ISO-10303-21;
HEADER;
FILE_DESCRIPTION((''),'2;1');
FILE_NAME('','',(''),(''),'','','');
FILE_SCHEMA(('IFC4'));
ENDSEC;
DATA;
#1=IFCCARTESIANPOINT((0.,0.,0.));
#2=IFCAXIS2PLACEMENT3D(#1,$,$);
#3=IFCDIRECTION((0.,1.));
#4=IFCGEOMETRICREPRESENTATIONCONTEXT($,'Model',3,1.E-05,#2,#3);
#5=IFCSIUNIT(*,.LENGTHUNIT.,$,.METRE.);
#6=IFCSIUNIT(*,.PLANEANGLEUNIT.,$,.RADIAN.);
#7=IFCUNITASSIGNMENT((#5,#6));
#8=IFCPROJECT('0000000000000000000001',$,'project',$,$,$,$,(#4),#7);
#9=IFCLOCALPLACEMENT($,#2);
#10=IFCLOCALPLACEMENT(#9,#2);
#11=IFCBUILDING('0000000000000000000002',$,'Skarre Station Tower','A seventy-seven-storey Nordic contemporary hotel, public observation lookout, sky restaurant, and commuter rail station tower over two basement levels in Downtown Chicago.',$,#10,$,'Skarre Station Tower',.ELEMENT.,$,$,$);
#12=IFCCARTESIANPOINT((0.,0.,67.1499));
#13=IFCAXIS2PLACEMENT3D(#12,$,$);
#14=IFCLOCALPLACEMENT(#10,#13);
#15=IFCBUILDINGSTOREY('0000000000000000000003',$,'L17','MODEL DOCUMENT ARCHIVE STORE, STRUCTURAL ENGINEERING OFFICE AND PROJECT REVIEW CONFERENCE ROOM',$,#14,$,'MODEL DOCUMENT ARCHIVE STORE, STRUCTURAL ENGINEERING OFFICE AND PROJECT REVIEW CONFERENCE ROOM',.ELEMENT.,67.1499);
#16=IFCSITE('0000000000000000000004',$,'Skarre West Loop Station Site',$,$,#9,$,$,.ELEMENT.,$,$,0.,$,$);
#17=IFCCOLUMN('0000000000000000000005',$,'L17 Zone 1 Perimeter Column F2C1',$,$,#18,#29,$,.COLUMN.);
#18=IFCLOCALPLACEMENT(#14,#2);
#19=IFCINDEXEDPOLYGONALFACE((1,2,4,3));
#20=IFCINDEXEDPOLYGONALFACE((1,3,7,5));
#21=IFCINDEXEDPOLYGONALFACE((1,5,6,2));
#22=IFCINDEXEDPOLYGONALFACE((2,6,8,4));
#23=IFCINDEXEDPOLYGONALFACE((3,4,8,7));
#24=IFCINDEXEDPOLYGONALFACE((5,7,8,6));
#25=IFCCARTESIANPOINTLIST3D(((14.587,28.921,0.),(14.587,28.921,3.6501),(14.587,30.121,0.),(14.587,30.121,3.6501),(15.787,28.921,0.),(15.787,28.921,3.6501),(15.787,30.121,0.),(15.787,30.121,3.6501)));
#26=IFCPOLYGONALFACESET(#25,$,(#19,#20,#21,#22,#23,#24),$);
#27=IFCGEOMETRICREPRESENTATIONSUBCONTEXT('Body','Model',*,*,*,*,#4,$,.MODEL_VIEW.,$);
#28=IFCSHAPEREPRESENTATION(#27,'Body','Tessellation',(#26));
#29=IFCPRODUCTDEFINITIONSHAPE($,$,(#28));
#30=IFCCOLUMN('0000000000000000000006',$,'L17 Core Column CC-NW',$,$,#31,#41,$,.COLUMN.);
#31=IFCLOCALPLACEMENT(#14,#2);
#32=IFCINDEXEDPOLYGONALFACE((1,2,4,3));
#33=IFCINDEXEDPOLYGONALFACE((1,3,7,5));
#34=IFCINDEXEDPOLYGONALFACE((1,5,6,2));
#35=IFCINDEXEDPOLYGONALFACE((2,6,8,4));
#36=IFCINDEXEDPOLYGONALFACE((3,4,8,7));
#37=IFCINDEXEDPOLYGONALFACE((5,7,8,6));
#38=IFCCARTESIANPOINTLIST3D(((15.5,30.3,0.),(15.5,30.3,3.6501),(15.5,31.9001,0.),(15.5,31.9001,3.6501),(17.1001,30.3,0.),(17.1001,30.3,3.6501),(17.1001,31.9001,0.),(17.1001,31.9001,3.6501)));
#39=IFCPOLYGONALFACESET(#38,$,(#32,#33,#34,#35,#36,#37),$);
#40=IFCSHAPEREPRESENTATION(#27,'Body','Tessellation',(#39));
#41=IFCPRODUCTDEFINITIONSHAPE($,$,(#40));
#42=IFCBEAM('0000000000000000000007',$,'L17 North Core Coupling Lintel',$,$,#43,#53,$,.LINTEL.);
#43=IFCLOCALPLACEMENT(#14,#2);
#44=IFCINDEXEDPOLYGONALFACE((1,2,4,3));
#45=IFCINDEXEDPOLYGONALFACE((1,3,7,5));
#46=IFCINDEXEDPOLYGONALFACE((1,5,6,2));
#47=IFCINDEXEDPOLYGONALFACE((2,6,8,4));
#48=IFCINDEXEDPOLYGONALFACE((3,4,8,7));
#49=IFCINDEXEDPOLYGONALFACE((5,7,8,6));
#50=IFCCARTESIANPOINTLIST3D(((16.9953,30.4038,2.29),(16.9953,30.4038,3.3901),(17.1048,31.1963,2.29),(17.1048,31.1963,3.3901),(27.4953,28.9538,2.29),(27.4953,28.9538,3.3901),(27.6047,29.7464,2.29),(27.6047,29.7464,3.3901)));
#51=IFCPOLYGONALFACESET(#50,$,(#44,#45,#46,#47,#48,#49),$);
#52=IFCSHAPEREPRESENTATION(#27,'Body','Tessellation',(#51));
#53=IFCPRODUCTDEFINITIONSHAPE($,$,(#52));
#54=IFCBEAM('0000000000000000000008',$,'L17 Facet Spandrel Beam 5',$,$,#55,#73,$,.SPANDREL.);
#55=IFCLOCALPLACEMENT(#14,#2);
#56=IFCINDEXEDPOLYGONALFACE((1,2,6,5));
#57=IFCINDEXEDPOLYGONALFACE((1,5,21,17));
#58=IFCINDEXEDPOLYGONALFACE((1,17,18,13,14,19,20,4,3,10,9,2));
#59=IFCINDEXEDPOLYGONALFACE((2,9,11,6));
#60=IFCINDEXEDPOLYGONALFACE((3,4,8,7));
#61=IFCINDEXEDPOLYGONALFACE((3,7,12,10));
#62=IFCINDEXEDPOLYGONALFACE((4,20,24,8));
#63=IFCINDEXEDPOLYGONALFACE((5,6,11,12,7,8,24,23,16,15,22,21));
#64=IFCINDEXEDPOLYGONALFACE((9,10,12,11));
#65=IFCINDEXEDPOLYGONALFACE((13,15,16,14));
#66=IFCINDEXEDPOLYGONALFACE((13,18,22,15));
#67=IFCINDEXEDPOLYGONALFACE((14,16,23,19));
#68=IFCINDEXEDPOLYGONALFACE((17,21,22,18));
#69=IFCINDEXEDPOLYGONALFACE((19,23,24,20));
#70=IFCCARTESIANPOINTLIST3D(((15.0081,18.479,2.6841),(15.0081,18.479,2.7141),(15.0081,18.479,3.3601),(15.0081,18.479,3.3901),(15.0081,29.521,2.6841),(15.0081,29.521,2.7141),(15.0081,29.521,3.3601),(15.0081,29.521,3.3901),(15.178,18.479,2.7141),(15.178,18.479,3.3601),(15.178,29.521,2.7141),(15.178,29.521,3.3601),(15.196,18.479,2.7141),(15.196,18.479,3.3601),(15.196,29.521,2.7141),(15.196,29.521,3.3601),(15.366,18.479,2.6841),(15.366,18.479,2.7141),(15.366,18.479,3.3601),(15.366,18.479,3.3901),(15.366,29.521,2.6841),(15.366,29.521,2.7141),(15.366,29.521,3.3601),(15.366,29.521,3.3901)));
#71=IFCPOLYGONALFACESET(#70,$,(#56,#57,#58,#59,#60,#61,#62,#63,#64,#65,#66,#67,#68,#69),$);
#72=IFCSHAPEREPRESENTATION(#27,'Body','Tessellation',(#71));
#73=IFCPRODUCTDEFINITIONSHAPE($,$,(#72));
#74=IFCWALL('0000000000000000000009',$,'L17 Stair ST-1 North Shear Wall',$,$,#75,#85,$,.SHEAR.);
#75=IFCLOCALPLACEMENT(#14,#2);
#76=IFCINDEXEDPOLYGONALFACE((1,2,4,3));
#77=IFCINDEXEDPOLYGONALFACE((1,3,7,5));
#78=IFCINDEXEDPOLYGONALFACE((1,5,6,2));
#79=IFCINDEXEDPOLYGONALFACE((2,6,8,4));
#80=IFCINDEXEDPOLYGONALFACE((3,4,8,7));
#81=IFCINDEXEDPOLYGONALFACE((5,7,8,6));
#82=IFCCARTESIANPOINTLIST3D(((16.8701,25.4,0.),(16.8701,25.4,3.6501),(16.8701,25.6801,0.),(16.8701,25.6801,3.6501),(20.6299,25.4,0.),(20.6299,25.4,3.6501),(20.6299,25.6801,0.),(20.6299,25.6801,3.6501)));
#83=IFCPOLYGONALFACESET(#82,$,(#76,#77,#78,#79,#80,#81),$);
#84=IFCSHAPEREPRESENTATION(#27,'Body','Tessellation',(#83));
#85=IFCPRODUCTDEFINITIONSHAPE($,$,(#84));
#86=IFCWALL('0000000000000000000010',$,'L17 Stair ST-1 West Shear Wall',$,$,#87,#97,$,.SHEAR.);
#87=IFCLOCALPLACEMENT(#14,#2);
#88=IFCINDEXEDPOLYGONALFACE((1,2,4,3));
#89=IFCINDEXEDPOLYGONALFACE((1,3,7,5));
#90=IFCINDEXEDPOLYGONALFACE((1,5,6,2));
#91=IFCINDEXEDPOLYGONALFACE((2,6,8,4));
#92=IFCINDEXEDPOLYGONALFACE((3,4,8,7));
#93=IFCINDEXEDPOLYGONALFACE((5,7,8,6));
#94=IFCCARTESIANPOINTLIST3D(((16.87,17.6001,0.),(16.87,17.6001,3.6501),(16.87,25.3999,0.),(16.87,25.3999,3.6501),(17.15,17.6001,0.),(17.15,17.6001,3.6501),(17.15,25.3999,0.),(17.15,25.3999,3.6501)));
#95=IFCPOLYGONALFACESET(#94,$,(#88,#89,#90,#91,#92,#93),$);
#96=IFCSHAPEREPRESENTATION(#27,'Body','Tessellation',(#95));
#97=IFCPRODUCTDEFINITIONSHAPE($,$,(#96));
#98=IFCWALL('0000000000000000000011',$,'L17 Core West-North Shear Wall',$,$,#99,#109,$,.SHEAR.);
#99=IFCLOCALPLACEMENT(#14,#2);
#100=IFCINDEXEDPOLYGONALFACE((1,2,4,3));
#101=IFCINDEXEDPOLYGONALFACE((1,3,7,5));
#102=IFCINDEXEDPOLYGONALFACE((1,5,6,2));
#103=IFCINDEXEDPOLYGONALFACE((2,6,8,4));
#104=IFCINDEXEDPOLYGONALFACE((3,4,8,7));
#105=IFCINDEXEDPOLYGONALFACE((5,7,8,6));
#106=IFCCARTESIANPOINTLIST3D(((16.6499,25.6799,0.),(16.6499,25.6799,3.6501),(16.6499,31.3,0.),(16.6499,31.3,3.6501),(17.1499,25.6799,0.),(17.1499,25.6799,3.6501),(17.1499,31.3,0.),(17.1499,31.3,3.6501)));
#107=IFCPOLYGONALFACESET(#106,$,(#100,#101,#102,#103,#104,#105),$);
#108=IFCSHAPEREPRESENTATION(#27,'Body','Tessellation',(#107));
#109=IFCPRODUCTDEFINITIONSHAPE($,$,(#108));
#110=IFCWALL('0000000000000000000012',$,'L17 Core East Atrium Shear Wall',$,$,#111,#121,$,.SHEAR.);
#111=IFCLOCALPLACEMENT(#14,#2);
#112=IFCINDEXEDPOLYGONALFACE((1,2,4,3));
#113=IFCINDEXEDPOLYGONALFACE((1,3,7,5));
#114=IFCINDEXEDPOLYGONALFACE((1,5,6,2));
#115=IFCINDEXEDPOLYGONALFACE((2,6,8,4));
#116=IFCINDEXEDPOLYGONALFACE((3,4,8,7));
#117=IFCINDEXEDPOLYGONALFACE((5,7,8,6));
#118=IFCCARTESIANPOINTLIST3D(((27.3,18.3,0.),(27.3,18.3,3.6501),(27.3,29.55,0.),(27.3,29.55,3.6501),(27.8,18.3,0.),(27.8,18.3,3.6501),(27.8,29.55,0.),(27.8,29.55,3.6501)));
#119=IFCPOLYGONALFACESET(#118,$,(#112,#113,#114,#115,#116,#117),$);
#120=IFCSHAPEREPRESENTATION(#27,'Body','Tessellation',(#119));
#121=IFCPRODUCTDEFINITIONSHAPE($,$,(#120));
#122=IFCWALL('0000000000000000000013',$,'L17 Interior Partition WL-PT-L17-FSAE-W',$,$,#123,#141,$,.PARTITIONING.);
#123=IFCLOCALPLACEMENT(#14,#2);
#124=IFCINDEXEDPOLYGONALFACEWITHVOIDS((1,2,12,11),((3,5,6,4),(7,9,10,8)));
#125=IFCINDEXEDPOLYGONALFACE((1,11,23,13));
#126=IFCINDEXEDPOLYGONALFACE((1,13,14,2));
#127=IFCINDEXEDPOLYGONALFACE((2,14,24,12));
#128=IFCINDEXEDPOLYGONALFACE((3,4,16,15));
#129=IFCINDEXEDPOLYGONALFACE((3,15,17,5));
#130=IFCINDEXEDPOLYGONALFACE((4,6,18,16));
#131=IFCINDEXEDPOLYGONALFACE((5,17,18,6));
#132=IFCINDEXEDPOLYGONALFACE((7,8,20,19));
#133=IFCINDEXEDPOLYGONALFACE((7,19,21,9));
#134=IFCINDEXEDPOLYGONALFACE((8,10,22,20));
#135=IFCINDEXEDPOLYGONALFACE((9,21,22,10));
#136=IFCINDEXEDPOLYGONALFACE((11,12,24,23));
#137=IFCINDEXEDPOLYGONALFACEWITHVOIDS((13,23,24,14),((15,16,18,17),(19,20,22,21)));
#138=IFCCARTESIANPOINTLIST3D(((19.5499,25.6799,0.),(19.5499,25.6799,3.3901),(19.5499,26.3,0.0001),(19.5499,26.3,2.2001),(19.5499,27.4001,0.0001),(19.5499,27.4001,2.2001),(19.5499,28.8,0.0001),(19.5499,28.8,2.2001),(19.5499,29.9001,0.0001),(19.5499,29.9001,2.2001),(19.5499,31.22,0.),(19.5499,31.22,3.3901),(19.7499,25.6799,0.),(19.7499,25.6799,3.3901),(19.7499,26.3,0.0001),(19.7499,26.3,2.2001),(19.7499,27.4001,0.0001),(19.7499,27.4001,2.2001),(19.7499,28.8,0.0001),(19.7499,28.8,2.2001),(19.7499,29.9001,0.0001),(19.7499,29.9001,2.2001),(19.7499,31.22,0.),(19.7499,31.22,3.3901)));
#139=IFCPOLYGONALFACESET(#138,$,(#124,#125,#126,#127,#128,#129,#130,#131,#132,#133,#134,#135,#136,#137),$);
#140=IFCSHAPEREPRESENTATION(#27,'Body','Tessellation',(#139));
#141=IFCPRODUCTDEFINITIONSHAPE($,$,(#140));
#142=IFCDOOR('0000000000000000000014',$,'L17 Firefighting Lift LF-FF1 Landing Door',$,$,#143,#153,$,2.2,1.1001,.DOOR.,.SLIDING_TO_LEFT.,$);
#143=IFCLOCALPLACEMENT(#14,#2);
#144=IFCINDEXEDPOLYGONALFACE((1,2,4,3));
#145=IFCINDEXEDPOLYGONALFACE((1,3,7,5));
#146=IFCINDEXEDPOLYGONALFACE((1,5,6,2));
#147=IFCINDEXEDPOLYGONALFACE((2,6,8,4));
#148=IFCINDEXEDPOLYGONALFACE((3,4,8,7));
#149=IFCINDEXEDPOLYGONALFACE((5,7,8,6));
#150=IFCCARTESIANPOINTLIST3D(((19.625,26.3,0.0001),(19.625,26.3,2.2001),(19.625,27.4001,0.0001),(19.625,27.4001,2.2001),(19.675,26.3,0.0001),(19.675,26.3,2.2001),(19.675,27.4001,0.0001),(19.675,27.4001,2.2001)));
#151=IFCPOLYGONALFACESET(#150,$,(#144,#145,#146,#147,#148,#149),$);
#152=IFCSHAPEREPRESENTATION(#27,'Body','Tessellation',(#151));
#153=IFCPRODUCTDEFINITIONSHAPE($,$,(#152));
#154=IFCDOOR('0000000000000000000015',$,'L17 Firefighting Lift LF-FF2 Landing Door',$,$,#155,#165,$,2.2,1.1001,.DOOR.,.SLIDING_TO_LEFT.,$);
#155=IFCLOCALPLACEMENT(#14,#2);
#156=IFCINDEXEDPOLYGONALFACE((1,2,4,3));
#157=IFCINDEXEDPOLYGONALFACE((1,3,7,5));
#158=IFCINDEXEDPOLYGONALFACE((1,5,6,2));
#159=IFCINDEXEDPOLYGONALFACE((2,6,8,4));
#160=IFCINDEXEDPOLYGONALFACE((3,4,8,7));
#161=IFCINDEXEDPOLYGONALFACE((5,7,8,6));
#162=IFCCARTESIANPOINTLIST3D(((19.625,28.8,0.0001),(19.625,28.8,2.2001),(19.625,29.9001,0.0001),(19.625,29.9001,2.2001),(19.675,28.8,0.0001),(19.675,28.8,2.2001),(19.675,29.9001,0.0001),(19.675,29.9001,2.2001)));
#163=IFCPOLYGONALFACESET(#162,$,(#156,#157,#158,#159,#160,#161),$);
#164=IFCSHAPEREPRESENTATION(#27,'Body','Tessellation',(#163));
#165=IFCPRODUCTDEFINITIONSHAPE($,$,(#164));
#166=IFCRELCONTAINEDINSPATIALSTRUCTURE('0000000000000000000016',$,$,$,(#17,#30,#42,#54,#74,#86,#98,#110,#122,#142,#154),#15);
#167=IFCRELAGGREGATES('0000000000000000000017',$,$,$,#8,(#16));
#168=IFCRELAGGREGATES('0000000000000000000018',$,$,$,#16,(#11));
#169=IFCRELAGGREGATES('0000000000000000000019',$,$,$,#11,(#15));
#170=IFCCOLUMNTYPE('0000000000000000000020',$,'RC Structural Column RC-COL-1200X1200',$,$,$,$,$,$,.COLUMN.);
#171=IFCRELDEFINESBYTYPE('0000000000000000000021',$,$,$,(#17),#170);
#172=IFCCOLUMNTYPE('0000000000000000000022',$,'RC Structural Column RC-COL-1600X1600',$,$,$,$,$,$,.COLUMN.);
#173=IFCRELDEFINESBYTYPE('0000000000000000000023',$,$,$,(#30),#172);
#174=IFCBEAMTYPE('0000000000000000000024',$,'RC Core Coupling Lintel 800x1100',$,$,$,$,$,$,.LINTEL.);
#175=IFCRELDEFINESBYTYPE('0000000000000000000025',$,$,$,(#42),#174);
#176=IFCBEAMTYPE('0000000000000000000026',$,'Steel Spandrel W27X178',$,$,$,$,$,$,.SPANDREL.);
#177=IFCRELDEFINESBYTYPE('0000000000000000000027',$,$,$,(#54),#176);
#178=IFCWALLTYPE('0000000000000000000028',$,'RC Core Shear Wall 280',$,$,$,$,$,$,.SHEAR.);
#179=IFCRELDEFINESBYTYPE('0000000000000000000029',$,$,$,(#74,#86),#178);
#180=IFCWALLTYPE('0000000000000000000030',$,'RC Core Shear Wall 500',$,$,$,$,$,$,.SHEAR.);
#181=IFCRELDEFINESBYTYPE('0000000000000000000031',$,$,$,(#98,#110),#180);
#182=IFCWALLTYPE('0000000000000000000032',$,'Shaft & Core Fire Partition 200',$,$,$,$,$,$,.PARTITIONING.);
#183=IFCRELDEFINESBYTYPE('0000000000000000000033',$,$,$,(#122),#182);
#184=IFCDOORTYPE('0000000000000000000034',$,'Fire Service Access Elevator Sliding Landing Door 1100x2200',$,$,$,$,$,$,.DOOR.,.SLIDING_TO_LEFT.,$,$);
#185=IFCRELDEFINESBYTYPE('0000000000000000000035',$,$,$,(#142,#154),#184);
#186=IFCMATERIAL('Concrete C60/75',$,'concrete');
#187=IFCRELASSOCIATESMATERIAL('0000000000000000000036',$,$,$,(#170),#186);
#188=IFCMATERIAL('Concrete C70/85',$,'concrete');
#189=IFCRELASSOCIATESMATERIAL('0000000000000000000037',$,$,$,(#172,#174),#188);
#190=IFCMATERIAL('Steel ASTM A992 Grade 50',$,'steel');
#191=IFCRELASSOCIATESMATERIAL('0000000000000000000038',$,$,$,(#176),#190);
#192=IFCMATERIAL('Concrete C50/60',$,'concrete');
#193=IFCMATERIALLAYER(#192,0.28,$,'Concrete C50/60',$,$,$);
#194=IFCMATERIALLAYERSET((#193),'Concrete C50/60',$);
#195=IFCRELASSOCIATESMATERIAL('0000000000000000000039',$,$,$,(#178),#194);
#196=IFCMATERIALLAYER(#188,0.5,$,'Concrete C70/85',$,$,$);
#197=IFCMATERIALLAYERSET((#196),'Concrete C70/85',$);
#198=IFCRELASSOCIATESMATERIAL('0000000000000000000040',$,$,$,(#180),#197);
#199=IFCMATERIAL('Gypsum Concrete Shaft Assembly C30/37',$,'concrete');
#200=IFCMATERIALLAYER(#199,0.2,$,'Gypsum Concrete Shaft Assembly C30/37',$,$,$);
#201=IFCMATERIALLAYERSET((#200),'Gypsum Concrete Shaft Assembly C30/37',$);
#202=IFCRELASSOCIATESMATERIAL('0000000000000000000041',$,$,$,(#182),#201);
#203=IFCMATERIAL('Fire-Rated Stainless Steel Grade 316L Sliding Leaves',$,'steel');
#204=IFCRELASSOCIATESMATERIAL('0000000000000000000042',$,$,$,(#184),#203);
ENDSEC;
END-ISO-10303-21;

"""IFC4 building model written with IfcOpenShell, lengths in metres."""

from ifc_helpers import new_model, si_unit, direction, frame, frame_2d, origin, origin_2d, place, context, subcontext, project, spatial, rectangle, i_section, extrude, material, layer, layer_set, material_profile, profile_set, type_object, element, fill, save


model = new_model("IFC4")

# Units and contexts
model_context = context("Model", 3, precision=1e-05, world=origin(), true_north=direction((0.0, 1.0)))
body_context = subcontext(model_context, "Body", "Model", "MODEL_VIEW")
ifc_project = project(units=[si_unit("LENGTHUNIT", "METRE"), si_unit("PLANEANGLEUNIT", "RADIAN")], contexts=[model_context])

# Site, building, storey
site_placement = place(None, origin())
site = spatial("IfcSite", under=ifc_project, at=site_placement, Name="Skarre West Loop Station Site", CompositionType="ELEMENT", RefElevation=0.0)
building_placement = place(site_placement, origin())
building = spatial("IfcBuilding", under=site, at=building_placement, Name="Skarre Station Tower", Description="A seventy-seven-storey Nordic contemporary hotel, public observation lookout, sky restaurant, and commuter rail station tower over two basement levels in Downtown Chicago.", LongName="Skarre Station Tower", CompositionType="ELEMENT")
storey_placement = place(building_placement, frame((0.0, 0.0, 67.1499)))
storey = spatial("IfcBuildingStorey", under=building, at=storey_placement, Name="L17", Description="MODEL DOCUMENT ARCHIVE STORE, STRUCTURAL ENGINEERING OFFICE AND PROJECT REVIEW CONFERENCE ROOM", LongName="MODEL DOCUMENT ARCHIVE STORE, STRUCTURAL ENGINEERING OFFICE AND PROJECT REVIEW CONFERENCE ROOM", CompositionType="ELEMENT", Elevation=67.1499)

# Columns
ifc_material_1 = material(Name="Concrete C60/75", Category="concrete")
ifc_material_profile_1 = material_profile(ifc_material_1, rectangle(XDim=1.2, YDim=1.2, at=origin_2d()), Name="Concrete C60/75")
ifc_profile_set_1 = profile_set([ifc_material_profile_1], Name="Concrete C60/75")
column_type_1 = type_object("IfcColumnType", Name="RC Structural Column RC-COL-1200X1200", PredefinedType="COLUMN", material=ifc_profile_set_1)
column_1_placement = place(storey_placement, frame((15.187, 29.521, 0.0), z_axis=(0.0, 0.0, 1.0), x_axis=(1.0, 0.0, 0.0)))
element("IfcColumn", 1, at=column_1_placement, inside=storey, type_object=column_type_1, Name="L17 Zone 1 Perimeter Column F2C1", PredefinedType="COLUMN", context=body_context, shape_type="SweptSolid", body=[
    extrude(rectangle(XDim=1.2, YDim=1.2, at=origin_2d()), origin(), (0.0, 0.0, 1.0), 3.6501),
])
ifc_material_2 = material(Name="Concrete C70/85", Category="concrete")
ifc_material_profile_2 = material_profile(ifc_material_2, rectangle(XDim=1.6001, YDim=1.6001, at=origin_2d()), Name="Concrete C70/85")
ifc_profile_set_2 = profile_set([ifc_material_profile_2], Name="Concrete C70/85")
column_type_2 = type_object("IfcColumnType", Name="RC Structural Column RC-COL-1600X1600", PredefinedType="COLUMN", material=ifc_profile_set_2)
column_2_placement = place(storey_placement, frame((16.3, 31.1001, 0.0), z_axis=(0.0, 0.0, 1.0), x_axis=(1.0, 0.0, 0.0)))
element("IfcColumn", 2, at=column_2_placement, inside=storey, type_object=column_type_2, Name="L17 Core Column CC-NW", PredefinedType="COLUMN", context=body_context, shape_type="SweptSolid", body=[
    extrude(rectangle(XDim=1.6001, YDim=1.6001, at=origin_2d()), origin(), (0.0, 0.0, 1.0), 3.6501),
])

# Beams
ifc_material_profile_3 = material_profile(ifc_material_2, rectangle(XDim=0.8, YDim=1.1001, at=origin_2d()), Name="Concrete C70/85")
ifc_profile_set_3 = profile_set([ifc_material_profile_3], Name="Concrete C70/85")
beam_type_1 = type_object("IfcBeamType", Name="RC Core Coupling Lintel 800x1100", PredefinedType="LINTEL", material=ifc_profile_set_3)
beam_1_placement = place(storey_placement, frame((17.05, 30.8, 2.8401), z_axis=(0.9906, -0.136792, 0.0), x_axis=(0.136792, 0.9906, 0.0)))
element("IfcBeam", 3, at=beam_1_placement, inside=storey, type_object=beam_type_1, Name="L17 North Core Coupling Lintel", PredefinedType="LINTEL", context=body_context, shape_type="SweptSolid", body=[
    extrude(rectangle(XDim=0.8, YDim=1.1001, at=origin_2d()), origin(), (0.0, 0.0, 1.0), 10.5996),
])
ifc_material_3 = material(Name="Steel ASTM A992 Grade 50", Category="steel")
ifc_material_profile_4 = material_profile(ifc_material_3, i_section(OverallWidth=0.3579, OverallDepth=0.7061, WebThickness=0.0181, FlangeThickness=0.03, at=origin_2d()), Name="Steel ASTM A992 Grade 50")
ifc_profile_set_4 = profile_set([ifc_material_profile_4], Name="Steel ASTM A992 Grade 50")
beam_type_2 = type_object("IfcBeamType", Name="Steel Spandrel W27X178", PredefinedType="SPANDREL", material=ifc_profile_set_4)
beam_2_placement = place(storey_placement, frame((15.187, 29.521, 3.0371), z_axis=(0.0, -1.0, 0.0), x_axis=(1.0, 0.0, 0.0)))
element("IfcBeam", 4, at=beam_2_placement, inside=storey, type_object=beam_type_2, Name="L17 Facet Spandrel Beam 5", PredefinedType="SPANDREL", context=body_context, shape_type="SweptSolid", body=[
    extrude(i_section(OverallWidth=0.3579, OverallDepth=0.7061, WebThickness=0.0181, FlangeThickness=0.03, at=origin_2d()), origin(), (0.0, 0.0, 1.0), 11.042),
])

# Walls
ifc_material_4 = material(Name="Concrete C50/60", Category="concrete")
ifc_layer_1 = layer(ifc_material_4, 0.28, Name="Concrete C50/60")
ifc_layer_set_1 = layer_set([ifc_layer_1], Name="Concrete C50/60")
wall_type_1 = type_object("IfcWallType", Name="RC Core Shear Wall 280", PredefinedType="SHEAR", material=ifc_layer_set_1)
wall_1_placement = place(storey_placement, frame((20.6299, 25.54, 0.0), z_axis=(0.0, 0.0, 1.0), x_axis=(-1.0, 0.0, 0.0)))
element("IfcWall", 5, at=wall_1_placement, inside=storey, type_object=wall_type_1, Name="L17 Stair ST-1 North Shear Wall", PredefinedType="SHEAR", context=body_context, shape_type="SweptSolid", body=[
    extrude(rectangle(XDim=3.7598, YDim=0.28, at=frame_2d((1.8799, 0.0))), origin(), (0.0, 0.0, 1.0), 3.6501),
])
wall_2_placement = place(storey_placement, frame((17.01, 25.3999, 0.0), z_axis=(0.0, 0.0, 1.0), x_axis=(0.0, -1.0, 0.0)))
element("IfcWall", 6, at=wall_2_placement, inside=storey, type_object=wall_type_1, Name="L17 Stair ST-1 West Shear Wall", PredefinedType="SHEAR", context=body_context, shape_type="SweptSolid", body=[
    extrude(rectangle(XDim=7.7998, YDim=0.28, at=frame_2d((3.8999, 0.0))), origin(), (0.0, 0.0, 1.0), 3.6501),
])
ifc_layer_2 = layer(ifc_material_2, 0.5, Name="Concrete C70/85")
ifc_layer_set_2 = layer_set([ifc_layer_2], Name="Concrete C70/85")
wall_type_2 = type_object("IfcWallType", Name="RC Core Shear Wall 500", PredefinedType="SHEAR", material=ifc_layer_set_2)
wall_3_placement = place(storey_placement, frame((16.8999, 25.6799, 0.0), z_axis=(0.0, 0.0, 1.0), x_axis=(0.0, 1.0, 0.0)))
element("IfcWall", 7, at=wall_3_placement, inside=storey, type_object=wall_type_2, Name="L17 Core West-North Shear Wall", PredefinedType="SHEAR", context=body_context, shape_type="SweptSolid", body=[
    extrude(rectangle(XDim=5.6201, YDim=0.5, at=frame_2d((2.8101, 0.0))), origin(), (0.0, 0.0, 1.0), 3.6501),
])
wall_4_placement = place(storey_placement, frame((27.55, 29.55, 0.0), z_axis=(0.0, 0.0, 1.0), x_axis=(0.0, -1.0, 0.0)))
element("IfcWall", 8, at=wall_4_placement, inside=storey, type_object=wall_type_2, Name="L17 Core East Atrium Shear Wall", PredefinedType="SHEAR", context=body_context, shape_type="SweptSolid", body=[
    extrude(rectangle(XDim=11.25, YDim=0.5, at=frame_2d((5.625, 0.0))), origin(), (0.0, 0.0, 1.0), 3.6501),
])

# Wall, openings, doors
ifc_material_5 = material(Name="Gypsum Concrete Shaft Assembly C30/37", Category="concrete")
ifc_layer_3 = layer(ifc_material_5, 0.2, Name="Gypsum Concrete Shaft Assembly C30/37")
ifc_layer_set_3 = layer_set([ifc_layer_3], Name="Gypsum Concrete Shaft Assembly C30/37")
wall_type_3 = type_object("IfcWallType", Name="Shaft & Core Fire Partition 200", PredefinedType="PARTITIONING", material=ifc_layer_set_3)
wall_5_placement = place(storey_placement, frame((19.6499, 25.6799, 0.0), z_axis=(0.0, 0.0, 1.0), x_axis=(0.0, 1.0, 0.0)))
wall_5 = element("IfcWall", 9, at=wall_5_placement, inside=storey, type_object=wall_type_3, Name="L17 Interior Partition WL-PT-L17-FSAE-W", PredefinedType="PARTITIONING", context=body_context, shape_type="SweptSolid", body=[
    extrude(rectangle(XDim=5.54, YDim=0.2, at=frame_2d((2.77, 0.0))), origin(), (0.0, 0.0, 1.0), 3.3901),
])
opening_1_placement = place(wall_5_placement, frame((0.6201, 0.0, 0.0)))
opening_1 = element("IfcOpeningElement", 10, at=opening_1_placement, cuts=wall_5, PredefinedType="OPENING", context=body_context, shape_type="SweptSolid", body=[
    extrude(rectangle(XDim=1.1001, YDim=2.2, at=frame_2d((0.55, 1.1001))), frame((0.0, 0.1099, 0.0), z_axis=(0.0, -1.0, 0.0), x_axis=(1.0, 0.0, 0.0)), (0.0, 0.0, 1.0), 0.22),
])
opening_2_placement = place(wall_5_placement, frame((3.1201, 0.0, 0.0)))
opening_2 = element("IfcOpeningElement", 11, at=opening_2_placement, cuts=wall_5, PredefinedType="OPENING", context=body_context, shape_type="SweptSolid", body=[
    extrude(rectangle(XDim=1.1001, YDim=2.2, at=frame_2d((0.55, 1.1001))), frame((0.0, 0.1099, 0.0), z_axis=(0.0, -1.0, 0.0), x_axis=(1.0, 0.0, 0.0)), (0.0, 0.0, 1.0), 0.22),
])
ifc_material_6 = material(Name="Fire-Rated Stainless Steel Grade 316L Sliding Leaves", Category="steel")
door_type_1 = type_object("IfcDoorType", Name="Fire Service Access Elevator Sliding Landing Door 1100x2200", OperationType="SLIDING_TO_LEFT", PredefinedType="DOOR", material=ifc_material_6)
door_1_placement = place(opening_1_placement, origin())
door_1 = element("IfcDoor", 12, at=door_1_placement, inside=storey, type_object=door_type_1, Name="L17 Firefighting Lift LF-FF1 Landing Door", OperationType="SLIDING_TO_LEFT", OverallHeight=2.2, OverallWidth=1.1001, PredefinedType="DOOR", context=body_context, shape_type="SweptSolid", body=[
    extrude(rectangle(XDim=1.1001, YDim=2.2, at=frame_2d((0.55, 1.1001))), frame((0.0, 0.0249, 0.0), z_axis=(0.0, -1.0, 0.0), x_axis=(1.0, 0.0, 0.0)), (0.0, 0.0, 1.0), 0.05),
])
fill(opening_1, door_1)
door_2_placement = place(opening_2_placement, origin())
door_2 = element("IfcDoor", 13, at=door_2_placement, inside=storey, type_object=door_type_1, Name="L17 Firefighting Lift LF-FF2 Landing Door", OperationType="SLIDING_TO_LEFT", OverallHeight=2.2, OverallWidth=1.1001, PredefinedType="DOOR", context=body_context, shape_type="SweptSolid", body=[
    extrude(rectangle(XDim=1.1001, YDim=2.2, at=frame_2d((0.55, 1.1001))), frame((0.0, 0.0249, 0.0), z_axis=(0.0, -1.0, 0.0), x_axis=(1.0, 0.0, 0.0)), (0.0, 0.0, 1.0), 0.05),
])
fill(opening_2, door_2)

save(model, "model.ifc")
